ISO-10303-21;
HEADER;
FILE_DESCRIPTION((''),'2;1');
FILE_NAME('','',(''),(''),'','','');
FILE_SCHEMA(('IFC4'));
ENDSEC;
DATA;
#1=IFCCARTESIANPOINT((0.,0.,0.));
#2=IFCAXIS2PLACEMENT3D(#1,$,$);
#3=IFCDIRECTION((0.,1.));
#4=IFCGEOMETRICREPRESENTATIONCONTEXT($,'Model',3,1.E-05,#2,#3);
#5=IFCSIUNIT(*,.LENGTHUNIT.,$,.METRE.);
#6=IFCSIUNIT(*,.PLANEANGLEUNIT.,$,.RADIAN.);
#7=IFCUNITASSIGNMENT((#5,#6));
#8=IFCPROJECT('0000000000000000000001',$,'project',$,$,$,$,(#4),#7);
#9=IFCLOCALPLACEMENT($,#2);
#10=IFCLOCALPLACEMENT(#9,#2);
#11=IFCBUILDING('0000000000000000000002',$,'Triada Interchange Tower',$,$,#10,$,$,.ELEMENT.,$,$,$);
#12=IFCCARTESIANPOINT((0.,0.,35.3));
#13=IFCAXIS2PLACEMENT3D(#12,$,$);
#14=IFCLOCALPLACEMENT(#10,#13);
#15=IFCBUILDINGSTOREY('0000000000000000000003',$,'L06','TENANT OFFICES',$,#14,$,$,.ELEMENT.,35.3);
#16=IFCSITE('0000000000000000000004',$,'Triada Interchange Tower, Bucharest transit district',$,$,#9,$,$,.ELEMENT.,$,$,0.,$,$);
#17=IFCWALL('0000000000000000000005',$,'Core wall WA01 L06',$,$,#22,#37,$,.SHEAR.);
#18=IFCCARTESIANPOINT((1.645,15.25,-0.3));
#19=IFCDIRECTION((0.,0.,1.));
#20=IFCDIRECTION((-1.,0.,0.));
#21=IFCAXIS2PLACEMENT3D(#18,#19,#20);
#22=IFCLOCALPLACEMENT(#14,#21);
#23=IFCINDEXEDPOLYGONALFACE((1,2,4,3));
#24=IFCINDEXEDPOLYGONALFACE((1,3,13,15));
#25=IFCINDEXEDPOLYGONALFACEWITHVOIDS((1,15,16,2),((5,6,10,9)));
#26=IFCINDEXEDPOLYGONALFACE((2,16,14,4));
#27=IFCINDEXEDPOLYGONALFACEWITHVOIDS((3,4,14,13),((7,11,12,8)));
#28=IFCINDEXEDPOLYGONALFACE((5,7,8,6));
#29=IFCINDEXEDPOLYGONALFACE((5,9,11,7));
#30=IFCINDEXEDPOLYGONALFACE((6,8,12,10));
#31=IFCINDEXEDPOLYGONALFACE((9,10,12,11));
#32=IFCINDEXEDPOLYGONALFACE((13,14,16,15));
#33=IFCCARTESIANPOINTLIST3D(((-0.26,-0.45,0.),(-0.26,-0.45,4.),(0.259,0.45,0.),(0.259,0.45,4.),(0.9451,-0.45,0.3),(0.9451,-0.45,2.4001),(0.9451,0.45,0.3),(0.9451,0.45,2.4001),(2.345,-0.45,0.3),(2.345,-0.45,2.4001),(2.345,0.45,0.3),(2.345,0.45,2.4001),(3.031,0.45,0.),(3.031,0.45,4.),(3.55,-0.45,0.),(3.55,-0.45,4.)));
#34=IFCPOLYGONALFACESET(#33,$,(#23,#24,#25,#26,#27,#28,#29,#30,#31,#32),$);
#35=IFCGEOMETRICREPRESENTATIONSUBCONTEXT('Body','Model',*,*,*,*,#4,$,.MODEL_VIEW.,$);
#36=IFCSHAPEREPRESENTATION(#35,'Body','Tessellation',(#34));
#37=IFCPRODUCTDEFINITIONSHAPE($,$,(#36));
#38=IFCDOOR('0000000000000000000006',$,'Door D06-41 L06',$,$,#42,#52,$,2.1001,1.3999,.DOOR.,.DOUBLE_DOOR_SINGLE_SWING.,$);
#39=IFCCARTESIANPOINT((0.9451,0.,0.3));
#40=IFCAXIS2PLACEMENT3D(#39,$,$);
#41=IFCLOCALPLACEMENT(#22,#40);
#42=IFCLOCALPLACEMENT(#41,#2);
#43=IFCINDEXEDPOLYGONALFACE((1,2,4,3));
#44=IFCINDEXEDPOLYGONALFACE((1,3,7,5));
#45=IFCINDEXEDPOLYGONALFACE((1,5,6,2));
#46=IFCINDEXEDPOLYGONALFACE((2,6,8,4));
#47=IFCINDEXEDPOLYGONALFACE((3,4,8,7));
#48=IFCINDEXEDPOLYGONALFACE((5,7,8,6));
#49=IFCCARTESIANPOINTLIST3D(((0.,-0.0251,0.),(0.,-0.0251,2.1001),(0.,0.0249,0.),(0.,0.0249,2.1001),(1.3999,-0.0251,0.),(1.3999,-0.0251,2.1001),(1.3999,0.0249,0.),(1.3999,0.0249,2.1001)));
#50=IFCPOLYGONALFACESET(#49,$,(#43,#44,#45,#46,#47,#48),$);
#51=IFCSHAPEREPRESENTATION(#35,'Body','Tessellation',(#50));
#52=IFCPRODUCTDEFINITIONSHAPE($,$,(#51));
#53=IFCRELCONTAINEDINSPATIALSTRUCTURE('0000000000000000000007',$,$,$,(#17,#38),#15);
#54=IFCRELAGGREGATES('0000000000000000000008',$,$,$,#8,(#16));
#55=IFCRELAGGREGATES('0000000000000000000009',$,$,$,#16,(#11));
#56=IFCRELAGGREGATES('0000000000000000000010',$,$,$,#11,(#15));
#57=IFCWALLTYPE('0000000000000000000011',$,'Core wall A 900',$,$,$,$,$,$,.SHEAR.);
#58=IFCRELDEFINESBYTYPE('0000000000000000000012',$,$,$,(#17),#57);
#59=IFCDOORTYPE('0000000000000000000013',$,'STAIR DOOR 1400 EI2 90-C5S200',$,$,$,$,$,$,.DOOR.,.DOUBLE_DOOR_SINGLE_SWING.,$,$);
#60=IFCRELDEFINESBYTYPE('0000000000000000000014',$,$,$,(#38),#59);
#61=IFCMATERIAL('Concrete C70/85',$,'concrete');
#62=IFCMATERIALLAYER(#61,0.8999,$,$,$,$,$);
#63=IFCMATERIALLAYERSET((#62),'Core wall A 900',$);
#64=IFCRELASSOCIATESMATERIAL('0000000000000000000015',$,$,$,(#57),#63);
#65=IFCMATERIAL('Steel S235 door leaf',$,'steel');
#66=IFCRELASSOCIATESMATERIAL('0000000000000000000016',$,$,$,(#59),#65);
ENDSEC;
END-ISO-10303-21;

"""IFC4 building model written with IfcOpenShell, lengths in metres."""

from ifc_helpers import new_model, si_unit, direction, frame, frame_2d, origin, place, context, subcontext, project, spatial, polyline, rectangle, outline, extrude, material, layer, layer_set, type_object, element, fill, save


model = new_model("IFC4")

# Units and contexts
model_context = context("Model", 3, precision=1e-05, world=origin(), true_north=direction((0.0, 1.0)))
body_context = subcontext(model_context, "Body", "Model", "MODEL_VIEW")
ifc_project = project(units=[si_unit("LENGTHUNIT", "METRE"), si_unit("PLANEANGLEUNIT", "RADIAN")], contexts=[model_context])

# Site, building, storey
site_placement = place(None, origin())
site = spatial("IfcSite", under=ifc_project, at=site_placement, Name="Triada Interchange Tower, Bucharest transit district", CompositionType="ELEMENT", RefElevation=0.0)
building_placement = place(site_placement, origin())
building = spatial("IfcBuilding", under=site, at=building_placement, Name="Triada Interchange Tower", CompositionType="ELEMENT")
storey_placement = place(building_placement, frame((0.0, 0.0, 35.3)))
storey = spatial("IfcBuildingStorey", under=building, at=storey_placement, Name="L06", Description="TENANT OFFICES", CompositionType="ELEMENT", Elevation=35.3)

# Shared definitions
ifc_material_1 = material(Name="Concrete C70/85", Category="concrete")

# Wall, opening, door
ifc_layer_1 = layer(ifc_material_1, 0.8999)
ifc_layer_set_1 = layer_set([ifc_layer_1], Name="Core wall A 900")
wall_type_1 = type_object("IfcWallType", Name="Core wall A 900", PredefinedType="SHEAR", material=ifc_layer_set_1)
wall_1_placement = place(storey_placement, frame((1.645, 15.25, -0.3), z_axis=(0.0, 0.0, 1.0), x_axis=(-1.0, 0.0, 0.0)))
wall_1 = element("IfcWall", 1, at=wall_1_placement, inside=storey, type_object=wall_type_1, Name="Core wall WA01 L06", PredefinedType="SHEAR", context=body_context, shape_type="SweptSolid", body=[
    extrude(outline(polyline([(-0.26, -0.45), (1.645, -0.45), (3.55, -0.45), (3.031, 0.45), (1.645, 0.45), (0.259, 0.45), (-0.26, -0.45)])), origin(), (0.0, 0.0, 1.0), 4.0),
])
opening_placement = place(wall_1_placement, frame((0.9451, 0.0, 0.3)))
opening = element("IfcOpeningElement", 2, at=opening_placement, cuts=wall_1, PredefinedType="OPENING", context=body_context, shape_type="SweptSolid", body=[
    extrude(rectangle(XDim=1.3999, YDim=2.1001, at=frame_2d((0.7, 1.05))), frame((0.0, 0.46, 0.0), z_axis=(0.0, -1.0, 0.0), x_axis=(1.0, 0.0, 0.0)), (0.0, 0.0, 1.0), 0.9199),
])
ifc_material_2 = material(Name="Steel S235 door leaf", Category="steel")
door_type = type_object("IfcDoorType", Name="STAIR DOOR 1400 EI2 90-C5S200", OperationType="DOUBLE_DOOR_SINGLE_SWING", PredefinedType="DOOR", material=ifc_material_2)
door_placement = place(opening_placement, origin())
door = element("IfcDoor", 3, at=door_placement, inside=storey, type_object=door_type, Name="Door D06-41 L06", OperationType="DOUBLE_DOOR_SINGLE_SWING", OverallHeight=2.1001, OverallWidth=1.3999, PredefinedType="DOOR", context=body_context, shape_type="SweptSolid", body=[
    extrude(rectangle(XDim=1.3999, YDim=2.1001, at=frame_2d((0.7, 1.05))), frame((0.0, 0.0249, 0.0), z_axis=(0.0, -1.0, 0.0), x_axis=(1.0, 0.0, 0.0)), (0.0, 0.0, 1.0), 0.05),
])
fill(opening, door)

save(model, "model.ifc")
